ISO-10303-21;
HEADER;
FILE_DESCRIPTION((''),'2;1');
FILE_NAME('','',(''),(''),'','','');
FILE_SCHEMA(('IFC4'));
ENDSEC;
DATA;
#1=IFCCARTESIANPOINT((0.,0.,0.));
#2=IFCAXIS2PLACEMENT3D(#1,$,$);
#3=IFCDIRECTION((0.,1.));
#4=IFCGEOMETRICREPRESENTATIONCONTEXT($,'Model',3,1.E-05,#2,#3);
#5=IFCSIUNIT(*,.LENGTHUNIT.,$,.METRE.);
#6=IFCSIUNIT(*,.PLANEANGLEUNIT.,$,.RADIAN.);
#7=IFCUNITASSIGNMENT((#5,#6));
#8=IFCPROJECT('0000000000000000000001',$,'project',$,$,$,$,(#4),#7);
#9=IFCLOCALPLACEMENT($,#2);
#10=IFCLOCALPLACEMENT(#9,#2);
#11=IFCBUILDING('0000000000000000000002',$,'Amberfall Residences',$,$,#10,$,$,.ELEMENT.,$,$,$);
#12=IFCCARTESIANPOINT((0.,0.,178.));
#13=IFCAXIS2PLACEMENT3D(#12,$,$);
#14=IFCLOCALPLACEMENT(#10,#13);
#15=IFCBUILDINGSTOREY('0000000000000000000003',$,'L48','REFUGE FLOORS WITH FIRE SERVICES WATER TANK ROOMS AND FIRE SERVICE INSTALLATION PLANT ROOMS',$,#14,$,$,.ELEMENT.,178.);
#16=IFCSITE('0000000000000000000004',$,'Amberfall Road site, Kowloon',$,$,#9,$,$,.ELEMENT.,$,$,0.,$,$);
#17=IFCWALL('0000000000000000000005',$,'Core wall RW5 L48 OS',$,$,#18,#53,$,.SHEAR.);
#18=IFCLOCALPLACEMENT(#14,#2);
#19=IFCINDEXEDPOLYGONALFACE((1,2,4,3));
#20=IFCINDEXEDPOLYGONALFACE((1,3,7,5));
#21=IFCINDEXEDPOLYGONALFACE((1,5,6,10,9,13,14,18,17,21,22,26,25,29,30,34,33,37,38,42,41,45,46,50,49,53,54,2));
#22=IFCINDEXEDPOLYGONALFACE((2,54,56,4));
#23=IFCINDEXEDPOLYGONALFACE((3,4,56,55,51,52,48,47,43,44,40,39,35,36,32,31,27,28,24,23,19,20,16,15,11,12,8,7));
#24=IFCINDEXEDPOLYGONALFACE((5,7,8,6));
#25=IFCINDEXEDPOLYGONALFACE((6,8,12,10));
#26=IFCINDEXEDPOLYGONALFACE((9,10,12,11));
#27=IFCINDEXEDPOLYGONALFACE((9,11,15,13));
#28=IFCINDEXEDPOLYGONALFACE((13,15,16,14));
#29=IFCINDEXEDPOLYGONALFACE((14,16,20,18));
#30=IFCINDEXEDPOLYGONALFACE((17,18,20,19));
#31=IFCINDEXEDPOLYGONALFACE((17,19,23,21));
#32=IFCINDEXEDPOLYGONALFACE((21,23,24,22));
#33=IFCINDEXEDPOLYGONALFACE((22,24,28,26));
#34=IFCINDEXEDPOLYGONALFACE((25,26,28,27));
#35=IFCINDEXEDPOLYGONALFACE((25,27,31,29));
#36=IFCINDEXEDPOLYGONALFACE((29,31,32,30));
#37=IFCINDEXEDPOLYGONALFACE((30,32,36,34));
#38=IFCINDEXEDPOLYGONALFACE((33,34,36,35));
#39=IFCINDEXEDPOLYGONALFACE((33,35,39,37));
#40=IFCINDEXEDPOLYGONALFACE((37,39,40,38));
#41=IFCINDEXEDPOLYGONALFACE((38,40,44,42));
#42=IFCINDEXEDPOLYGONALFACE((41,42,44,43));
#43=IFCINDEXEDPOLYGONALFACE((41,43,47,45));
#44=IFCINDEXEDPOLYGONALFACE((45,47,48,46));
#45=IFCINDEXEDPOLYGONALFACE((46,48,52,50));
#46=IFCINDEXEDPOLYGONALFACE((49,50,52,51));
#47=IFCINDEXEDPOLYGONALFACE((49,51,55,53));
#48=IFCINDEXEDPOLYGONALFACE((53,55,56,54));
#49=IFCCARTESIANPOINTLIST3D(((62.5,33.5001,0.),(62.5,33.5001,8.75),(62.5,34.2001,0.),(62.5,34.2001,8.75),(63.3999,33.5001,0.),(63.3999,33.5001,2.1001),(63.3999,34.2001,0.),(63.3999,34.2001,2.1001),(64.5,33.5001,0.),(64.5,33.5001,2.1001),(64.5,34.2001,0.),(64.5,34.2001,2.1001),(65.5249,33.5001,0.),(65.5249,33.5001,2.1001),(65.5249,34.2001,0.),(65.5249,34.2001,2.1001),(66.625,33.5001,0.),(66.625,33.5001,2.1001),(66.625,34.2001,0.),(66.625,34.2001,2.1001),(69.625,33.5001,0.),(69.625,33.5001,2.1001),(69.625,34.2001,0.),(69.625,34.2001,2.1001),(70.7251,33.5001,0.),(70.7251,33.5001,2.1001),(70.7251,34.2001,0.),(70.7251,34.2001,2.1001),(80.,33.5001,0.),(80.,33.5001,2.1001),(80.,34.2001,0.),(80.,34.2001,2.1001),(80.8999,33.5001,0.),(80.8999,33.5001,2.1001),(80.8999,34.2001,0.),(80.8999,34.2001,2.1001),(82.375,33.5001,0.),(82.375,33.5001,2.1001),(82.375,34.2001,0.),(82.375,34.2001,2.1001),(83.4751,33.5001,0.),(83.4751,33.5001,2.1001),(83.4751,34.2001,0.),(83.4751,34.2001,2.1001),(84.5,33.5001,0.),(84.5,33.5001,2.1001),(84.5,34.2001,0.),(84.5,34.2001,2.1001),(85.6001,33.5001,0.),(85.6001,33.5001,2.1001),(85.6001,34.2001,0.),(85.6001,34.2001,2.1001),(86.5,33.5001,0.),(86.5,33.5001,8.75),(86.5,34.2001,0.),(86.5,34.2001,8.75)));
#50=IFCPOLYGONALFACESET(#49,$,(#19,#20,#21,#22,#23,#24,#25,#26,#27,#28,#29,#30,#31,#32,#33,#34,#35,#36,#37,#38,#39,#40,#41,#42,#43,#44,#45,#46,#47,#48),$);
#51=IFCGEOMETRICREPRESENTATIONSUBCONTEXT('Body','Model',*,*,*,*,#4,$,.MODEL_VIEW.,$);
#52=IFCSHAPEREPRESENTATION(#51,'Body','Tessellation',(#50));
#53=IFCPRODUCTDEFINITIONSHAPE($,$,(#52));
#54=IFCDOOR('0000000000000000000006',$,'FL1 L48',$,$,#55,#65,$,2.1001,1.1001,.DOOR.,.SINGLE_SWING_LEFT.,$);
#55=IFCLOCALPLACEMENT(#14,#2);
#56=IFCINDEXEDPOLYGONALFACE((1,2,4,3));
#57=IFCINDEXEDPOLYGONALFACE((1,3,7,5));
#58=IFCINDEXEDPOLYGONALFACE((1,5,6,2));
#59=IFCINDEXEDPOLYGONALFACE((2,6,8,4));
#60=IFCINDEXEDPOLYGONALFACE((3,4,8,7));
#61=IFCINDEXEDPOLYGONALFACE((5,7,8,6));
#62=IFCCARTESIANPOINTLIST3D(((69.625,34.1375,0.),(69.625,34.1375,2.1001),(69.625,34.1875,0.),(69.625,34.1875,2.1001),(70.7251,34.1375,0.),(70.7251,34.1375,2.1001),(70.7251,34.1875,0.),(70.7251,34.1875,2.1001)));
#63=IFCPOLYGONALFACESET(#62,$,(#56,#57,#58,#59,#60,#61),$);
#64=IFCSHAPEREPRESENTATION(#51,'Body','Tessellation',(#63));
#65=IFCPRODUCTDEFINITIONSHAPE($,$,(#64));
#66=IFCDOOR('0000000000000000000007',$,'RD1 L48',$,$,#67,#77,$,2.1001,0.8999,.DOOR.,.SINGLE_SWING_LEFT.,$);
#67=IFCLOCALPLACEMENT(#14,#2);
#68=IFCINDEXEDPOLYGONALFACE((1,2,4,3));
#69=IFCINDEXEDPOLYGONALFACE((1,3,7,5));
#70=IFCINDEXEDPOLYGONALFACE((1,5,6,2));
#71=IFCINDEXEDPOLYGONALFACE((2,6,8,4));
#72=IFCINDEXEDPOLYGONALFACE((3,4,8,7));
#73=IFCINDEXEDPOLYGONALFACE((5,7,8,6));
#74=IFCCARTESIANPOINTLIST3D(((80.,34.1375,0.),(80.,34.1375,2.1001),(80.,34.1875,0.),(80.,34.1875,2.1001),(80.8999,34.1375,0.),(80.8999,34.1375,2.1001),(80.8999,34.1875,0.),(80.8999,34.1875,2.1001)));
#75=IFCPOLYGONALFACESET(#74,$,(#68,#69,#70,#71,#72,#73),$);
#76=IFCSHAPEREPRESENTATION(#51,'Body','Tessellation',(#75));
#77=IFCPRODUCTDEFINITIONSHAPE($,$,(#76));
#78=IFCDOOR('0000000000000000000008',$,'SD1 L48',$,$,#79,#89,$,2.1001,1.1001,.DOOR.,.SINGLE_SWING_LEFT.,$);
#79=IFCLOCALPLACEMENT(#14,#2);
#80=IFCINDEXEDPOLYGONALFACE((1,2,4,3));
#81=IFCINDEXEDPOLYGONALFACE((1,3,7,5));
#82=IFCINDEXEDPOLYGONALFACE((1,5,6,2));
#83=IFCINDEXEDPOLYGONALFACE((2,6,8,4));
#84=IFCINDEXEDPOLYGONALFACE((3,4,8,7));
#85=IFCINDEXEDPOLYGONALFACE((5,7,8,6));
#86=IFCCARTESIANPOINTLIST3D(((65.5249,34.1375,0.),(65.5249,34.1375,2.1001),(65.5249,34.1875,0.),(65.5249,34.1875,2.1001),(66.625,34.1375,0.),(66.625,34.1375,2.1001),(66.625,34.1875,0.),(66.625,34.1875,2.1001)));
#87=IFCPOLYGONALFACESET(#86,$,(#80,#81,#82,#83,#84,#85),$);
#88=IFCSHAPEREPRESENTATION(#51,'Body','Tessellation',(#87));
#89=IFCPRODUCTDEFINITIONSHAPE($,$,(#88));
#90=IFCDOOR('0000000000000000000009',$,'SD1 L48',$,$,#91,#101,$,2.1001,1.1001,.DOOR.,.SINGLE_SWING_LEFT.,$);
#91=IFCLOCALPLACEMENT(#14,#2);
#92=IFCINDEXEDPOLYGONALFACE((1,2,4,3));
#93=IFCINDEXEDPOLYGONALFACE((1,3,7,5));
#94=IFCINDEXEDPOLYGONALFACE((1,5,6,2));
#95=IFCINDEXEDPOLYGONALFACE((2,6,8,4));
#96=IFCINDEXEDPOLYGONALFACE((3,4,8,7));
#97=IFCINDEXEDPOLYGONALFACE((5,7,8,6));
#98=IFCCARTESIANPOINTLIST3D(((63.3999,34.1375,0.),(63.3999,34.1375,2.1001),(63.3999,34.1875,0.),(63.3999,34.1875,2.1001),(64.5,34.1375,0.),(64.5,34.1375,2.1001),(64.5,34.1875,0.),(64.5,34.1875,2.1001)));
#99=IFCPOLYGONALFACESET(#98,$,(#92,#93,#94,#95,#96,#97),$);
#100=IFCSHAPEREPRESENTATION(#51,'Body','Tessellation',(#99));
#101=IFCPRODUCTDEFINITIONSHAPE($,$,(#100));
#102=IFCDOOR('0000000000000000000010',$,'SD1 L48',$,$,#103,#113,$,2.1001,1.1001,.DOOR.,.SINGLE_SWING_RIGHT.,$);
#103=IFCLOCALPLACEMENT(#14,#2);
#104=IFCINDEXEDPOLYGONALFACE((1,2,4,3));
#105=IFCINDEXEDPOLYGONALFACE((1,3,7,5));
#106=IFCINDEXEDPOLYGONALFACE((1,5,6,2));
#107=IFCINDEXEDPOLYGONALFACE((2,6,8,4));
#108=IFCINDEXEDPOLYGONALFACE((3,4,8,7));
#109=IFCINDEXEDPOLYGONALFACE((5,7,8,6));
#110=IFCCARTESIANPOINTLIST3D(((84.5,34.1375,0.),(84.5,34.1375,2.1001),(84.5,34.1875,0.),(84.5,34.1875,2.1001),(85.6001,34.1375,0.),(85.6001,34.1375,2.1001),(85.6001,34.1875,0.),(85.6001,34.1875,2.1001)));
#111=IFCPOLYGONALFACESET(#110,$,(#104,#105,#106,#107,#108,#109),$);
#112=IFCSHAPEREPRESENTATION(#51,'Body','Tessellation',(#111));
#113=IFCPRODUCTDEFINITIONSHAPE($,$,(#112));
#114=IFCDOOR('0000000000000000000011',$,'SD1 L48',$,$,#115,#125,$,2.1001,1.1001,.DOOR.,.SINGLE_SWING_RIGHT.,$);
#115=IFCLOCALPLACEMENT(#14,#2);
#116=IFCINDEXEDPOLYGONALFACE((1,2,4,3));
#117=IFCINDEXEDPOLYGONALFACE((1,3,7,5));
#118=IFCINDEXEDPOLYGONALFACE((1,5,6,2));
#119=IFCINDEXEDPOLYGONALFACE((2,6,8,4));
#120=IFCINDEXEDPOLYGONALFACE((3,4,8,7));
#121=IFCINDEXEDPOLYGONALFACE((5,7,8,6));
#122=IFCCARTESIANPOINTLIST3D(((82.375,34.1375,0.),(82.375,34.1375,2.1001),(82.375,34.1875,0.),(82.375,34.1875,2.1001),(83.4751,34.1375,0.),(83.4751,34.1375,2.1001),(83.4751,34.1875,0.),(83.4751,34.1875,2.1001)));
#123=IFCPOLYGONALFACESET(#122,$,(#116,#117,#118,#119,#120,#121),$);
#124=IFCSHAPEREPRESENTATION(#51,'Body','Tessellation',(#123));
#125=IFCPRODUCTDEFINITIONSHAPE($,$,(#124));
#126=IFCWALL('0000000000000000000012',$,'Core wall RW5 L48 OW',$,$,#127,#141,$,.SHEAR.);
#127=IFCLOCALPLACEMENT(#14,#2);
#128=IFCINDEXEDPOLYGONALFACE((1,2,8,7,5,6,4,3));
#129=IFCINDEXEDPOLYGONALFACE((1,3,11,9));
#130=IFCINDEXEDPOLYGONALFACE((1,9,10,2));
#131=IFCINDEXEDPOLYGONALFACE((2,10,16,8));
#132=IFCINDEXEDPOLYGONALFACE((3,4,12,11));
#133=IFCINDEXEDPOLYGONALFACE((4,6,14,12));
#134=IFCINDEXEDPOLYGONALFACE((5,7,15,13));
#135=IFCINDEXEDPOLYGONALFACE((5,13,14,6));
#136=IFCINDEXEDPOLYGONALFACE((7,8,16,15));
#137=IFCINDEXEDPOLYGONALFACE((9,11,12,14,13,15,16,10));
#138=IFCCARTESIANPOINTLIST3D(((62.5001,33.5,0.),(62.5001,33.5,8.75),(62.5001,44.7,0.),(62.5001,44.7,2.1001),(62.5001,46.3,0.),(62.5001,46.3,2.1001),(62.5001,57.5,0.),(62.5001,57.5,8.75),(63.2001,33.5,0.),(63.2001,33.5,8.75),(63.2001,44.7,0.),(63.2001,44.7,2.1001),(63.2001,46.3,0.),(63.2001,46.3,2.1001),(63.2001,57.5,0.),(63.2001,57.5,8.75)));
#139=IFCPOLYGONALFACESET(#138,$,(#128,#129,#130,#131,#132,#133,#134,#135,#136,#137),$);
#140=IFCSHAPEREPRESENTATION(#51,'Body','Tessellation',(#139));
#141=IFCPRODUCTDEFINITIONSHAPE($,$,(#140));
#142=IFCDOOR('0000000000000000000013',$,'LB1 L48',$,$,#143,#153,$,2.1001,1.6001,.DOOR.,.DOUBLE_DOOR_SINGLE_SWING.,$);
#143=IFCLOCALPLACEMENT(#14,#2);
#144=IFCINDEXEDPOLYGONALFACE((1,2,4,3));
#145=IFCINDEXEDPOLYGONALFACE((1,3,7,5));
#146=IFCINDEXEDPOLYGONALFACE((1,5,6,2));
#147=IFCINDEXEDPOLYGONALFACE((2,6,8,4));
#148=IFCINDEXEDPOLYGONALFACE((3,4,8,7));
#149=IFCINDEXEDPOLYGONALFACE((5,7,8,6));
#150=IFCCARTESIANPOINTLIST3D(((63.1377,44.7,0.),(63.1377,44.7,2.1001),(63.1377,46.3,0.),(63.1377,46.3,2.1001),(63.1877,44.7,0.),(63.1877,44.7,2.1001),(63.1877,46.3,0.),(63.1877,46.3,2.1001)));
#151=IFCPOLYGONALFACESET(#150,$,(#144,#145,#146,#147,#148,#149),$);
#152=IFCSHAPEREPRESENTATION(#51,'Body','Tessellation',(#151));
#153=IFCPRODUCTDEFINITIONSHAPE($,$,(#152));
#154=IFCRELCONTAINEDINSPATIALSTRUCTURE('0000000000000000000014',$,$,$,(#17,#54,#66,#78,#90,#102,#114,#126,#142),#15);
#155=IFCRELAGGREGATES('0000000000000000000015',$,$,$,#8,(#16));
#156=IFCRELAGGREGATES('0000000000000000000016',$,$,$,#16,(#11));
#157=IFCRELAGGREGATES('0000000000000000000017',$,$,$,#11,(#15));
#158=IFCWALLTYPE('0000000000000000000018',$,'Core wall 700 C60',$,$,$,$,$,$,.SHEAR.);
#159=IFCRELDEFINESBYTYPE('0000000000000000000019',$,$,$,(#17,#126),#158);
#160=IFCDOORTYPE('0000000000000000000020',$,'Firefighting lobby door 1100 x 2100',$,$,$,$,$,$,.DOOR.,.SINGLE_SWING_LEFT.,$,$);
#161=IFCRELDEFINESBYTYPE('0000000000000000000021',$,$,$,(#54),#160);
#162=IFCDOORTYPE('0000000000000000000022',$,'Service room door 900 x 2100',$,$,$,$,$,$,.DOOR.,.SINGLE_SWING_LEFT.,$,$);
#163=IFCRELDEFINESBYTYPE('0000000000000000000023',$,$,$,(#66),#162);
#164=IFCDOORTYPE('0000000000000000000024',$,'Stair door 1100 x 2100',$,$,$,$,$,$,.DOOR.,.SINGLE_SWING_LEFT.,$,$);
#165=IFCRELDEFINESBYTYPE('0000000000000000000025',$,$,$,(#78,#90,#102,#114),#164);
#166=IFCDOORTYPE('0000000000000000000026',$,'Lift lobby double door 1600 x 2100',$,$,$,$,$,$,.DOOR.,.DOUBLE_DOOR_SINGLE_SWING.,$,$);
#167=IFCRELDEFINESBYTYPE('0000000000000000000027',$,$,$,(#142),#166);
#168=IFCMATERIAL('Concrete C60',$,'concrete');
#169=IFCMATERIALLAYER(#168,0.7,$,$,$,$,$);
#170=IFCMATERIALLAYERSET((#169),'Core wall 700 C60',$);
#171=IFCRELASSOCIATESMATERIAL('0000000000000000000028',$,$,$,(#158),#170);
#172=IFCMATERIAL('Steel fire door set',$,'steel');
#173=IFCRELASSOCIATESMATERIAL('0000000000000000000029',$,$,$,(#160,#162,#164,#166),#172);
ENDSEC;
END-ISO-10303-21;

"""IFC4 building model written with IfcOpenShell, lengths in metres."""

from ifc_helpers import new_model, si_unit, direction, frame, frame_2d, origin, place, context, subcontext, project, spatial, rectangle, extrude, material, layer, layer_set, type_object, element, fill, save


model = new_model("IFC4")

# Units and contexts
model_context = context("Model", 3, precision=1e-05, world=origin(), true_north=direction((0.0, 1.0)))
body_context = subcontext(model_context, "Body", "Model", "MODEL_VIEW")
ifc_project = project(units=[si_unit("LENGTHUNIT", "METRE"), si_unit("PLANEANGLEUNIT", "RADIAN")], contexts=[model_context])

# Site, building, storey
site_placement = place(None, origin())
site = spatial("IfcSite", under=ifc_project, at=site_placement, Name="Amberfall Road site, Kowloon", CompositionType="ELEMENT", RefElevation=0.0)
building_placement = place(site_placement, origin())
building = spatial("IfcBuilding", under=site, at=building_placement, Name="Amberfall Residences", CompositionType="ELEMENT")
storey_placement = place(building_placement, frame((0.0, 0.0, 178.0)))
storey = spatial("IfcBuildingStorey", under=building, at=storey_placement, Name="L48", Description="REFUGE FLOORS WITH FIRE SERVICES WATER TANK ROOMS AND FIRE SERVICE INSTALLATION PLANT ROOMS", CompositionType="ELEMENT", Elevation=178.0)

# Shared definitions
ifc_material_1 = material(Name="Concrete C60", Category="concrete")

# Wall, openings, doors
ifc_layer_1 = layer(ifc_material_1, 0.7)
ifc_layer_set_1 = layer_set([ifc_layer_1], Name="Core wall 700 C60")
wall_type_1 = type_object("IfcWallType", Name="Core wall 700 C60", PredefinedType="SHEAR", material=ifc_layer_set_1)
wall_1_placement = place(storey_placement, frame((62.5, 33.8501, 0.0), z_axis=(0.0, 0.0, 1.0), x_axis=(1.0, 0.0, 0.0)))
wall_1 = element("IfcWall", 1, at=wall_1_placement, inside=storey, type_object=wall_type_1, Name="Core wall RW5 L48 OS", PredefinedType="SHEAR", context=body_context, shape_type="SweptSolid", body=[
    extrude(rectangle(XDim=24.0, YDim=0.7, at=frame_2d((12.0, 0.0))), origin(), (0.0, 0.0, 1.0), 8.75),
])
opening_1_placement = place(wall_1_placement, frame((3.0249, 0.0, 0.0)))
opening_1 = element("IfcOpeningElement", 2, at=opening_1_placement, cuts=wall_1, PredefinedType="OPENING", context=body_context, shape_type="SweptSolid", body=[
    extrude(rectangle(XDim=1.1001, YDim=2.1001, at=frame_2d((0.55, 1.05))), frame((0.0, 0.3599, 0.0), z_axis=(0.0, -1.0, 0.0), x_axis=(1.0, 0.0, 0.0)), (0.0, 0.0, 1.0), 0.72),
])
opening_2_placement = place(wall_1_placement, frame((0.8999, 0.0, 0.0)))
opening_2 = element("IfcOpeningElement", 3, at=opening_2_placement, cuts=wall_1, PredefinedType="OPENING", context=body_context, shape_type="SweptSolid", body=[
    extrude(rectangle(XDim=1.1001, YDim=2.1001, at=frame_2d((0.55, 1.05))), frame((0.0, 0.3599, 0.0), z_axis=(0.0, -1.0, 0.0), x_axis=(1.0, 0.0, 0.0)), (0.0, 0.0, 1.0), 0.72),
])
opening_3_placement = place(wall_1_placement, frame((22.0, 0.0, 0.0)))
opening_3 = element("IfcOpeningElement", 4, at=opening_3_placement, cuts=wall_1, PredefinedType="OPENING", context=body_context, shape_type="SweptSolid", body=[
    extrude(rectangle(XDim=1.1001, YDim=2.1001, at=frame_2d((0.55, 1.05))), frame((0.0, 0.3599, 0.0), z_axis=(0.0, -1.0, 0.0), x_axis=(1.0, 0.0, 0.0)), (0.0, 0.0, 1.0), 0.72),
])
opening_4_placement = place(wall_1_placement, frame((19.875, 0.0, 0.0)))
opening_4 = element("IfcOpeningElement", 5, at=opening_4_placement, cuts=wall_1, PredefinedType="OPENING", context=body_context, shape_type="SweptSolid", body=[
    extrude(rectangle(XDim=1.1001, YDim=2.1001, at=frame_2d((0.55, 1.05))), frame((0.0, 0.3599, 0.0), z_axis=(0.0, -1.0, 0.0), x_axis=(1.0, 0.0, 0.0)), (0.0, 0.0, 1.0), 0.72),
])
opening_5_placement = place(wall_1_placement, frame((7.125, 0.0, 0.0)))
opening_5 = element("IfcOpeningElement", 6, at=opening_5_placement, cuts=wall_1, PredefinedType="OPENING", context=body_context, shape_type="SweptSolid", body=[
    extrude(rectangle(XDim=1.1001, YDim=2.1001, at=frame_2d((0.55, 1.05))), frame((0.0, 0.3599, 0.0), z_axis=(0.0, -1.0, 0.0), x_axis=(1.0, 0.0, 0.0)), (0.0, 0.0, 1.0), 0.72),
])
opening_6_placement = place(wall_1_placement, frame((17.5, 0.0, 0.0)))
opening_6 = element("IfcOpeningElement", 7, at=opening_6_placement, cuts=wall_1, PredefinedType="OPENING", context=body_context, shape_type="SweptSolid", body=[
    extrude(rectangle(XDim=0.8999, YDim=2.1001, at=frame_2d((0.45, 1.05))), frame((0.0, 0.3599, 0.0), z_axis=(0.0, -1.0, 0.0), x_axis=(1.0, 0.0, 0.0)), (0.0, 0.0, 1.0), 0.72),
])
ifc_material_2 = material(Name="Steel fire door set", Category="steel")
door_type_1 = type_object("IfcDoorType", Name="Firefighting lobby door 1100 x 2100", OperationType="SINGLE_SWING_LEFT", PredefinedType="DOOR", material=ifc_material_2)
door_1_placement = place(opening_5_placement, origin())
door_1 = element("IfcDoor", 8, at=door_1_placement, inside=storey, type_object=door_type_1, Name="FL1 L48", OperationType="SINGLE_SWING_LEFT", OverallHeight=2.1001, OverallWidth=1.1001, PredefinedType="DOOR", context=body_context, shape_type="SweptSolid", body=[
    extrude(rectangle(XDim=1.1001, YDim=2.1001, at=frame_2d((0.55, 1.05))), frame((0.0, 0.3374, 0.0), z_axis=(0.0, -1.0, 0.0), x_axis=(1.0, 0.0, 0.0)), (0.0, 0.0, 1.0), 0.05),
])
fill(opening_5, door_1)
door_type_2 = type_object("IfcDoorType", Name="Service room door 900 x 2100", OperationType="SINGLE_SWING_LEFT", PredefinedType="DOOR", material=ifc_material_2)
door_2_placement = place(opening_6_placement, origin())
door_2 = element("IfcDoor", 9, at=door_2_placement, inside=storey, type_object=door_type_2, Name="RD1 L48", OperationType="SINGLE_SWING_LEFT", OverallHeight=2.1001, OverallWidth=0.8999, PredefinedType="DOOR", context=body_context, shape_type="SweptSolid", body=[
    extrude(rectangle(XDim=0.8999, YDim=2.1001, at=frame_2d((0.45, 1.05))), frame((0.0, 0.3374, 0.0), z_axis=(0.0, -1.0, 0.0), x_axis=(1.0, 0.0, 0.0)), (0.0, 0.0, 1.0), 0.05),
])
fill(opening_6, door_2)
door_type_3 = type_object("IfcDoorType", Name="Stair door 1100 x 2100", OperationType="SINGLE_SWING_LEFT", PredefinedType="DOOR", material=ifc_material_2)
door_3_placement = place(opening_1_placement, origin())
door_3 = element("IfcDoor", 10, at=door_3_placement, inside=storey, type_object=door_type_3, Name="SD1 L48", OperationType="SINGLE_SWING_LEFT", OverallHeight=2.1001, OverallWidth=1.1001, PredefinedType="DOOR", context=body_context, shape_type="SweptSolid", body=[
    extrude(rectangle(XDim=1.1001, YDim=2.1001, at=frame_2d((0.55, 1.05))), frame((0.0, 0.3374, 0.0), z_axis=(0.0, -1.0, 0.0), x_axis=(1.0, 0.0, 0.0)), (0.0, 0.0, 1.0), 0.05),
])
fill(opening_1, door_3)
door_4_placement = place(opening_2_placement, origin())
door_4 = element("IfcDoor", 11, at=door_4_placement, inside=storey, type_object=door_type_3, Name="SD1 L48", OperationType="SINGLE_SWING_LEFT", OverallHeight=2.1001, OverallWidth=1.1001, PredefinedType="DOOR", context=body_context, shape_type="SweptSolid", body=[
    extrude(rectangle(XDim=1.1001, YDim=2.1001, at=frame_2d((0.55, 1.05))), frame((0.0, 0.3374, 0.0), z_axis=(0.0, -1.0, 0.0), x_axis=(1.0, 0.0, 0.0)), (0.0, 0.0, 1.0), 0.05),
])
fill(opening_2, door_4)
door_5_placement = place(opening_3_placement, origin())
door_5 = element("IfcDoor", 12, at=door_5_placement, inside=storey, type_object=door_type_3, Name="SD1 L48", OperationType="SINGLE_SWING_RIGHT", OverallHeight=2.1001, OverallWidth=1.1001, PredefinedType="DOOR", context=body_context, shape_type="SweptSolid", body=[
    extrude(rectangle(XDim=1.1001, YDim=2.1001, at=frame_2d((0.55, 1.05))), frame((0.0, 0.3374, 0.0), z_axis=(0.0, -1.0, 0.0), x_axis=(1.0, 0.0, 0.0)), (0.0, 0.0, 1.0), 0.05),
])
fill(opening_3, door_5)
door_6_placement = place(opening_4_placement, origin())
door_6 = element("IfcDoor", 13, at=door_6_placement, inside=storey, type_object=door_type_3, Name="SD1 L48", OperationType="SINGLE_SWING_RIGHT", OverallHeight=2.1001, OverallWidth=1.1001, PredefinedType="DOOR", context=body_context, shape_type="SweptSolid", body=[
    extrude(rectangle(XDim=1.1001, YDim=2.1001, at=frame_2d((0.55, 1.05))), frame((0.0, 0.3374, 0.0), z_axis=(0.0, -1.0, 0.0), x_axis=(1.0, 0.0, 0.0)), (0.0, 0.0, 1.0), 0.05),
])
fill(opening_4, door_6)

# Wall, opening, door
wall_2_placement = place(storey_placement, frame((62.8501, 33.5, 0.0), z_axis=(0.0, 0.0, 1.0), x_axis=(0.0, 1.0, 0.0)))
wall_2 = element("IfcWall", 14, at=wall_2_placement, inside=storey, type_object=wall_type_1, Name="Core wall RW5 L48 OW", PredefinedType="SHEAR", context=body_context, shape_type="SweptSolid", body=[
    extrude(rectangle(XDim=24.0, YDim=0.7, at=frame_2d((12.0, 0.0))), origin(), (0.0, 0.0, 1.0), 8.75),
])
opening_7_placement = place(wall_2_placement, frame((11.2, 0.0, 0.0)))
opening_7 = element("IfcOpeningElement", 15, at=opening_7_placement, cuts=wall_2, PredefinedType="OPENING", context=body_context, shape_type="SweptSolid", body=[
    extrude(rectangle(XDim=1.6001, YDim=2.1001, at=frame_2d((0.8, 1.05))), frame((0.0, 0.3599, 0.0), z_axis=(0.0, -1.0, 0.0), x_axis=(1.0, 0.0, 0.0)), (0.0, 0.0, 1.0), 0.72),
])
door_type_4 = type_object("IfcDoorType", Name="Lift lobby double door 1600 x 2100", OperationType="DOUBLE_DOOR_SINGLE_SWING", PredefinedType="DOOR", material=ifc_material_2)
door_7_placement = place(opening_7_placement, origin())
door_7 = element("IfcDoor", 16, at=door_7_placement, inside=storey, type_object=door_type_4, Name="LB1 L48", OperationType="DOUBLE_DOOR_SINGLE_SWING", OverallHeight=2.1001, OverallWidth=1.6001, PredefinedType="DOOR", context=body_context, shape_type="SweptSolid", body=[
    extrude(rectangle(XDim=1.6001, YDim=2.1001, at=frame_2d((0.8, 1.05))), frame((0.0, -0.2876, 0.0), z_axis=(0.0, -1.0, 0.0), x_axis=(1.0, 0.0, 0.0)), (0.0, 0.0, 1.0), 0.05),
])
fill(opening_7, door_7)

save(model, "model.ifc")
